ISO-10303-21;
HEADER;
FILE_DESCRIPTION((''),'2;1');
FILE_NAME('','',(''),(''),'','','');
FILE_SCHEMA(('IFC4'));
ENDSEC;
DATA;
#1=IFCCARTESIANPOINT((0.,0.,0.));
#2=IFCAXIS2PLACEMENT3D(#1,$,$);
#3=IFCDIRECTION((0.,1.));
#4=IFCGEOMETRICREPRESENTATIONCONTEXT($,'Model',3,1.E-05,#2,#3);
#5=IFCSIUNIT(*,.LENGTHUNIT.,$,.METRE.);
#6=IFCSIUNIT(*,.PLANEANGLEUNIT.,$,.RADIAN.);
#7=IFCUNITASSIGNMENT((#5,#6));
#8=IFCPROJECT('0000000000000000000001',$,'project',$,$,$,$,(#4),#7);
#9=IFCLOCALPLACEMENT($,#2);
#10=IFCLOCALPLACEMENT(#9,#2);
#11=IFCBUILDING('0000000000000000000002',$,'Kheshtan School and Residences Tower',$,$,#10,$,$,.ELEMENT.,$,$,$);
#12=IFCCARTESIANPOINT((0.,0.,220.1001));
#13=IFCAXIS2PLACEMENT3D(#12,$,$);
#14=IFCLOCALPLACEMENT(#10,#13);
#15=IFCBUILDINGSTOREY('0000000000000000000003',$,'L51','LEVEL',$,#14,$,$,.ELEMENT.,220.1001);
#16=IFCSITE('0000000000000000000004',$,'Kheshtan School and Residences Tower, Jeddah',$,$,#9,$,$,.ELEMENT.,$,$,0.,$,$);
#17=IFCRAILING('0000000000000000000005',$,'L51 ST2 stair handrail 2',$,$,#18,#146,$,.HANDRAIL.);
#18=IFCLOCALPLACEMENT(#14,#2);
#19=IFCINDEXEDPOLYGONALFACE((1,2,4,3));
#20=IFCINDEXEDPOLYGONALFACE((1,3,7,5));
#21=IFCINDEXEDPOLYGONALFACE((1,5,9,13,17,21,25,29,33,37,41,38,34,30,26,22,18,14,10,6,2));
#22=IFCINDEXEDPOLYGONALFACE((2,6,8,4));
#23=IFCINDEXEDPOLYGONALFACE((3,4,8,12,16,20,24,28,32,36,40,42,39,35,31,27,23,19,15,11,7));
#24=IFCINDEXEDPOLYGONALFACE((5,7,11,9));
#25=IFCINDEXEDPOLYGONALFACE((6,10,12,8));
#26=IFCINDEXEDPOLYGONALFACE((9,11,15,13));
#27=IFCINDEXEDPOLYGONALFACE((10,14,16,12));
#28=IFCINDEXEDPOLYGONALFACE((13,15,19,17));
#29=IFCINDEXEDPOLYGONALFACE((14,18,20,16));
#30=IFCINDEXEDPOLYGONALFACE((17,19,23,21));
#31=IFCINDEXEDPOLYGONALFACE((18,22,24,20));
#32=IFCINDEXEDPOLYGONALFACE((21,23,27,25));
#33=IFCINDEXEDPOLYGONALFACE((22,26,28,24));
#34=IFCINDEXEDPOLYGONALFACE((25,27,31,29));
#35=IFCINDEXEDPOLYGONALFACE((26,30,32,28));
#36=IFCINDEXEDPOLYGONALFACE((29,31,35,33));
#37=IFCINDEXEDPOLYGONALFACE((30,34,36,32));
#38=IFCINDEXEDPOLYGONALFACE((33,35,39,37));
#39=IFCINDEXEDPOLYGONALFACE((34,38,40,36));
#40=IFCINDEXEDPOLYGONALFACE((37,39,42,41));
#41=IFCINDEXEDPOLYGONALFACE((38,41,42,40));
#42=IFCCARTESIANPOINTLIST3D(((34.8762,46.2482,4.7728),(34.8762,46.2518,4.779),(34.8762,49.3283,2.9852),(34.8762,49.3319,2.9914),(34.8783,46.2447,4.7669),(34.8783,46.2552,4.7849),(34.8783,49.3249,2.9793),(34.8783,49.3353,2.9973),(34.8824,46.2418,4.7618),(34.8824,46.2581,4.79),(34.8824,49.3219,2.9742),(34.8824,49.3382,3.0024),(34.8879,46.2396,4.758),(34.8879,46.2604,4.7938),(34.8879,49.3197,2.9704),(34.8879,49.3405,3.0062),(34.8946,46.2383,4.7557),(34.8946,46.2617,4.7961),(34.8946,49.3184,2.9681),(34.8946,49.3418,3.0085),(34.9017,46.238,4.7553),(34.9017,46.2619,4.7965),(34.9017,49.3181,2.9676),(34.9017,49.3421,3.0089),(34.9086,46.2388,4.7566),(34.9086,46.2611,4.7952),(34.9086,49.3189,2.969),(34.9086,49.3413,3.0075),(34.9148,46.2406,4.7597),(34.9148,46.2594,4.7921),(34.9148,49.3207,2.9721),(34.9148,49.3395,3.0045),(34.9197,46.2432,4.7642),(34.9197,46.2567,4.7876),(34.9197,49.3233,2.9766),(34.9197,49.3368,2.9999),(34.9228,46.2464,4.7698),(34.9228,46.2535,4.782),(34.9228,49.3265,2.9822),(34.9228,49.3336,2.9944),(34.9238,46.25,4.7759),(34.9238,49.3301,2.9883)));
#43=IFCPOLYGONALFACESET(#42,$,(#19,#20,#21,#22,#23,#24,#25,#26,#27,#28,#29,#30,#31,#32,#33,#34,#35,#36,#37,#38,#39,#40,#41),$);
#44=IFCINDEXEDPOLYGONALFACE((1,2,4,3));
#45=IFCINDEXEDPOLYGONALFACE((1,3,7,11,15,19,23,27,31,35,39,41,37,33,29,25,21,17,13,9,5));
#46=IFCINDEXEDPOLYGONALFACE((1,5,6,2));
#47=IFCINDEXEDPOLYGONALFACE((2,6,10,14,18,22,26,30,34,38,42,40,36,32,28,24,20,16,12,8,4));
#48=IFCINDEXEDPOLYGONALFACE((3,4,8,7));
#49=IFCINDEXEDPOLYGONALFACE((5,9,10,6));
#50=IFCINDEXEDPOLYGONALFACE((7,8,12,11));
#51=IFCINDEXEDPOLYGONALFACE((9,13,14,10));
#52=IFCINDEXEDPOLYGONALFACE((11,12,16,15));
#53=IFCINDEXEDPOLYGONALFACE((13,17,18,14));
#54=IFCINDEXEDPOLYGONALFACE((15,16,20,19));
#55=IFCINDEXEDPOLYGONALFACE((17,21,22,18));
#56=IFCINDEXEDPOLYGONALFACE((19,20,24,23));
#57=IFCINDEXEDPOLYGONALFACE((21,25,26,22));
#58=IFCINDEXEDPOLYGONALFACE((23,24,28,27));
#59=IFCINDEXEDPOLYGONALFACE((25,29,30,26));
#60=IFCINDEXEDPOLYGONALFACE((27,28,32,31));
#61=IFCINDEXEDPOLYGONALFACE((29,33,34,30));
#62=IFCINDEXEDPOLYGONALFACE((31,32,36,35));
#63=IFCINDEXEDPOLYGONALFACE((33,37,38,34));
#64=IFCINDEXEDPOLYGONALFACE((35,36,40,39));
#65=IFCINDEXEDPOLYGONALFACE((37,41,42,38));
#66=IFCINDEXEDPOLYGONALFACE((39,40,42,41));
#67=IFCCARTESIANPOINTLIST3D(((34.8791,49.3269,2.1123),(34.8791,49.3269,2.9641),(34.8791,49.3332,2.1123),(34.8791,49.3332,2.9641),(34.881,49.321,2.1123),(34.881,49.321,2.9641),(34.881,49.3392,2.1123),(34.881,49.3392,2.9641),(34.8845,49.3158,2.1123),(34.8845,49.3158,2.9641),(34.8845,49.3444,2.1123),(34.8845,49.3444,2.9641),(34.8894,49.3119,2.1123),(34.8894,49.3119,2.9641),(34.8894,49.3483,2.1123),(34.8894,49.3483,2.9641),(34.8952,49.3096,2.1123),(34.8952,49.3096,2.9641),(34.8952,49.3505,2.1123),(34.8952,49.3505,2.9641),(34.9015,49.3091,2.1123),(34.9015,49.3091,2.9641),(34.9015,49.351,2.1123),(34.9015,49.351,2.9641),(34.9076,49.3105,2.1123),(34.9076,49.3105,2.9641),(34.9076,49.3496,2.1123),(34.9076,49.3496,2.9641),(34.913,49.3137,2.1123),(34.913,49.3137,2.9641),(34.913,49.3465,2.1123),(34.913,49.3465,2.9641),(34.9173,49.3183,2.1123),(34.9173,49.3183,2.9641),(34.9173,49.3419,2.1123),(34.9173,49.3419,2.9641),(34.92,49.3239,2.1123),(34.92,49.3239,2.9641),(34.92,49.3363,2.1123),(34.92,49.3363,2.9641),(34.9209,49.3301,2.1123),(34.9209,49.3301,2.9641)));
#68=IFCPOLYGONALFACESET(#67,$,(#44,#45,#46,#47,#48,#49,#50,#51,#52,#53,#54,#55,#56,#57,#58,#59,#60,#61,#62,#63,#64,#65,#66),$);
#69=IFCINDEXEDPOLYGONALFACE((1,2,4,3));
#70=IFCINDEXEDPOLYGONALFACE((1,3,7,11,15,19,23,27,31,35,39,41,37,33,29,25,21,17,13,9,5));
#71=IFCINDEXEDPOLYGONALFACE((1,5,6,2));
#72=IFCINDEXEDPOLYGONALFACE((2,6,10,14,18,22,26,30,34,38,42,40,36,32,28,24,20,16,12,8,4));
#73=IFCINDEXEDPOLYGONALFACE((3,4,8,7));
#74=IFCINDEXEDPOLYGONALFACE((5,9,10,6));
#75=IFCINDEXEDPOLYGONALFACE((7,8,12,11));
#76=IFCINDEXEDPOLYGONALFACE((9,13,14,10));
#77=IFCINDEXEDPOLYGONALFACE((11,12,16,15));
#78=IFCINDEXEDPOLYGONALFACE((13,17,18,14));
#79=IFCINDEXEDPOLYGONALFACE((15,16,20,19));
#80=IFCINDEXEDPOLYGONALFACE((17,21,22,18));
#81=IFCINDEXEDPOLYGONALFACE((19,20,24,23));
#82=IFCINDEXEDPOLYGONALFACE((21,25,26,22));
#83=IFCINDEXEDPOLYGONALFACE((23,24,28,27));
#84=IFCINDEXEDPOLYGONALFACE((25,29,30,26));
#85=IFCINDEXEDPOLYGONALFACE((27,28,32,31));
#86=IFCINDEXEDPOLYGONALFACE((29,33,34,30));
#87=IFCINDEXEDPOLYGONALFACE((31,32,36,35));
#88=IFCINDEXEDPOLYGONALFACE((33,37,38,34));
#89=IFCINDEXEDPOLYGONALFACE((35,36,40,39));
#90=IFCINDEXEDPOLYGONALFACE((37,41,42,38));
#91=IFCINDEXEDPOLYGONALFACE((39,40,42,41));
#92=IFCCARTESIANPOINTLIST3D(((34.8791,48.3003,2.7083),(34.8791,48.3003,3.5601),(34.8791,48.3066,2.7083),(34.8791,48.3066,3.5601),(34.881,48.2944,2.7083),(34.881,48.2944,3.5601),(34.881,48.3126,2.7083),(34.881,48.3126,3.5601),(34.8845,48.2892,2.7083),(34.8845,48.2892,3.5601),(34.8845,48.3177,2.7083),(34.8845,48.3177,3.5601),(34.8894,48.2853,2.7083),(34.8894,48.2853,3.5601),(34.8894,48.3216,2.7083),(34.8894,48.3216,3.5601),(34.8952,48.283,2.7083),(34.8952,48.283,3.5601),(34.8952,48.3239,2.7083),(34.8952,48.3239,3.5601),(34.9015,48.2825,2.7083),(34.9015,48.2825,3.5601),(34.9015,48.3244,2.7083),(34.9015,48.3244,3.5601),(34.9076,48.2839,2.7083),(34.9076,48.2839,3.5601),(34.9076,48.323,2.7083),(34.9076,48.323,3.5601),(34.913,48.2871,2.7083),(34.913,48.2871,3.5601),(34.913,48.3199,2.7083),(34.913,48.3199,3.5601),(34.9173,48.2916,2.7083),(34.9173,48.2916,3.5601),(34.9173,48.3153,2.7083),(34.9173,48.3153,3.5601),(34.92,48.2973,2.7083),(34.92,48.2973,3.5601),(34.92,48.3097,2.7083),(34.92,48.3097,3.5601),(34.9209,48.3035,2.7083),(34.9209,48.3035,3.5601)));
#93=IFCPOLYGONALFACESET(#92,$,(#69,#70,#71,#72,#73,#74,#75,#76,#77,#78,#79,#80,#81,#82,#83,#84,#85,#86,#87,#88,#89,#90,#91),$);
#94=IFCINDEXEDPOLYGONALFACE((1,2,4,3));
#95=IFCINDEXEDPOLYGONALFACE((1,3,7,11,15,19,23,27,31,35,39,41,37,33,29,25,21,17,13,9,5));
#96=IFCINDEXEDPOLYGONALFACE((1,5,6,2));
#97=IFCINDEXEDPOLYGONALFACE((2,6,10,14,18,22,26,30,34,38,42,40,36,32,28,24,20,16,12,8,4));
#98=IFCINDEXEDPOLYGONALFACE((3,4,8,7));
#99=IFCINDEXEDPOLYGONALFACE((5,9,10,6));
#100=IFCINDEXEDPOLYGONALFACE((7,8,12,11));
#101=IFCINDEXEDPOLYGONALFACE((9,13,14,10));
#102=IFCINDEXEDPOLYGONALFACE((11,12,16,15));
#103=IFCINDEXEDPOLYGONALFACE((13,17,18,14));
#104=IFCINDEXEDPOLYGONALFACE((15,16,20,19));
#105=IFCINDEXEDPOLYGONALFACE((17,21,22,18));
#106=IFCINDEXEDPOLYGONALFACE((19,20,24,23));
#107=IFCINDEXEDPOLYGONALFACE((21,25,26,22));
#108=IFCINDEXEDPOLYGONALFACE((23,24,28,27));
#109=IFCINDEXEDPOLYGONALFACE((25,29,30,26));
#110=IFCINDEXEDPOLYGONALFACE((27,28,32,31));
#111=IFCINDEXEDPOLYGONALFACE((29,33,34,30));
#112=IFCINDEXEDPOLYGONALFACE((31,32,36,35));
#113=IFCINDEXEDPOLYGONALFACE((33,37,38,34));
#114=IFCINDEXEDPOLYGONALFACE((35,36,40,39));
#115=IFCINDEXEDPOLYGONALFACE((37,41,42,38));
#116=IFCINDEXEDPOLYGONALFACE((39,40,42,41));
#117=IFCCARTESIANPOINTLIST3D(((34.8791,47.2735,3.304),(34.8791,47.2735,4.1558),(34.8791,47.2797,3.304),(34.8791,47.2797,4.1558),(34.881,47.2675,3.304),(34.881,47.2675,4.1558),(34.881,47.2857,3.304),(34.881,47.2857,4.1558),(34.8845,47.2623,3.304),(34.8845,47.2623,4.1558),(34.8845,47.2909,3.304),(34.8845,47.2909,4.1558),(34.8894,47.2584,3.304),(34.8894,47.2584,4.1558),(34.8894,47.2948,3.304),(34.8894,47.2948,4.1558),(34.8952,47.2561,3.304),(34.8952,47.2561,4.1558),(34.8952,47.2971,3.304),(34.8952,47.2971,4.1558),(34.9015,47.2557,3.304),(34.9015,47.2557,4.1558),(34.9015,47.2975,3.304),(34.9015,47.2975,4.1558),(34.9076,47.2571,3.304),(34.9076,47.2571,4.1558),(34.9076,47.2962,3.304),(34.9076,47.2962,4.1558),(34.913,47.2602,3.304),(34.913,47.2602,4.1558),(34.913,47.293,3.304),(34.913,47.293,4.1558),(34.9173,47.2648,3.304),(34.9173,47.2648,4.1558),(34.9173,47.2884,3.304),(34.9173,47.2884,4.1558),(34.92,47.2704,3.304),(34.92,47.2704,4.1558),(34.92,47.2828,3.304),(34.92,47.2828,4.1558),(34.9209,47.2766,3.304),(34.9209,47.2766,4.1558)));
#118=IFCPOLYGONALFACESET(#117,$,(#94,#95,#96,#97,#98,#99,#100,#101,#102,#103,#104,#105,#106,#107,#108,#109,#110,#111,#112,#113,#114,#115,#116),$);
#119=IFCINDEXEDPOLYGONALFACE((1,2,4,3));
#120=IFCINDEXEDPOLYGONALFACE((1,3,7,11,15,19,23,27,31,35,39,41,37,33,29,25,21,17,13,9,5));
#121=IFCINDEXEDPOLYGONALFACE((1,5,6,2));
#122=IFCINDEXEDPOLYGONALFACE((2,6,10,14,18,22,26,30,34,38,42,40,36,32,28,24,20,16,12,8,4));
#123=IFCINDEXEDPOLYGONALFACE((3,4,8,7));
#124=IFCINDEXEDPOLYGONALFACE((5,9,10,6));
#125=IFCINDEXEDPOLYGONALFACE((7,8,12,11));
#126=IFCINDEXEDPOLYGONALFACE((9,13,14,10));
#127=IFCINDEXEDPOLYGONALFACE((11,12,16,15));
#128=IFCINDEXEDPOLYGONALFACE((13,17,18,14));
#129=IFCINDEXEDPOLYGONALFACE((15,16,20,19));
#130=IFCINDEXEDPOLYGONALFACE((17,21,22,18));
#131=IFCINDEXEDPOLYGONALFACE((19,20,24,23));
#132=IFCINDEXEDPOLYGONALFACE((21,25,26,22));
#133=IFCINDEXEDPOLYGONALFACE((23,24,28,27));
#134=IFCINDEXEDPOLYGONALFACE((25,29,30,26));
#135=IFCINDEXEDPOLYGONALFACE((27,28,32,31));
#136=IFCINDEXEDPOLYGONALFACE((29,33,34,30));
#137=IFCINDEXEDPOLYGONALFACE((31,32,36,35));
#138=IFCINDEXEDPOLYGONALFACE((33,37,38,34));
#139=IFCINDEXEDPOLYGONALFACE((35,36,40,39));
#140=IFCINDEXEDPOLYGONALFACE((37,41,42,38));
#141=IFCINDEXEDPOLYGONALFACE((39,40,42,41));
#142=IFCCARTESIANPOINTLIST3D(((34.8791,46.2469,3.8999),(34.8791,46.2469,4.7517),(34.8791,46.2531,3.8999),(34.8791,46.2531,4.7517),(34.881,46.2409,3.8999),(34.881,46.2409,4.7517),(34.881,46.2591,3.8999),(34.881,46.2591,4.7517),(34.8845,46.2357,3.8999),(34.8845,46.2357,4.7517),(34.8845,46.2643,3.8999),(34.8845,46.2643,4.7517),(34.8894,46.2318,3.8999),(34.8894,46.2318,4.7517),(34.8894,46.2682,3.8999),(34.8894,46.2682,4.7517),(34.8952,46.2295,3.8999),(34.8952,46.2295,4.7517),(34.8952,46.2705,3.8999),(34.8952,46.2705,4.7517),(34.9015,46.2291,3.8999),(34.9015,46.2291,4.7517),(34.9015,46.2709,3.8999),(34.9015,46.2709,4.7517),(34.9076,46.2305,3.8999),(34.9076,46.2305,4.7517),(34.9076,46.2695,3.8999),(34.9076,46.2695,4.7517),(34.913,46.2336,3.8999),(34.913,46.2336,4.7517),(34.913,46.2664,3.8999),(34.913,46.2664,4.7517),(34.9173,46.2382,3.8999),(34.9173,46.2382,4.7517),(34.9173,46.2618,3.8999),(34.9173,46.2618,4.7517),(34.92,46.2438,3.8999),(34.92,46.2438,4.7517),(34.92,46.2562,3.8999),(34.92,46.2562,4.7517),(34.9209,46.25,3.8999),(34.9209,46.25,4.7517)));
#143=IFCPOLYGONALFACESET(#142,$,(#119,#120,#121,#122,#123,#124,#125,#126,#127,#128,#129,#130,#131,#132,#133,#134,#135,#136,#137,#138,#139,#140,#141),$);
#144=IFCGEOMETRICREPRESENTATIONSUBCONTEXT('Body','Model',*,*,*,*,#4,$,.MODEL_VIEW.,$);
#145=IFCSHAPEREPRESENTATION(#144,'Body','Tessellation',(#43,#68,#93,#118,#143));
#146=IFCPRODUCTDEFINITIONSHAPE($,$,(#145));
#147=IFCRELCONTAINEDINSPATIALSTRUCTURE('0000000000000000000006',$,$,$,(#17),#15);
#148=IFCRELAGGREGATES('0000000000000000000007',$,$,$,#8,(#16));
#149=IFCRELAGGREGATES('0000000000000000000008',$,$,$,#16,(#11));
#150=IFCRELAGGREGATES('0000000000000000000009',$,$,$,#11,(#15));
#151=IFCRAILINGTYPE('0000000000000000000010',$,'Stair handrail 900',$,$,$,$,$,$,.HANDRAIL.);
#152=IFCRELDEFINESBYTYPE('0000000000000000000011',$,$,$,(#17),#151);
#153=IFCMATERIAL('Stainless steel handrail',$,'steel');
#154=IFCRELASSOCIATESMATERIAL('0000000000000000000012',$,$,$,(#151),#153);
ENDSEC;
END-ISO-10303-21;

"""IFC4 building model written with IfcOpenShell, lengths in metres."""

from ifc_helpers import new_model, si_unit, direction, frame, origin, origin_2d, place, context, subcontext, project, spatial, circle, extrude, material, type_object, element, save


model = new_model("IFC4")

# Units and contexts
model_context = context("Model", 3, precision=1e-05, world=origin(), true_north=direction((0.0, 1.0)))
body_context = subcontext(model_context, "Body", "Model", "MODEL_VIEW")
ifc_project = project(units=[si_unit("LENGTHUNIT", "METRE"), si_unit("PLANEANGLEUNIT", "RADIAN")], contexts=[model_context])

# Site, building, storey
site_placement = place(None, origin())
site = spatial("IfcSite", under=ifc_project, at=site_placement, Name="Kheshtan School and Residences Tower, Jeddah", CompositionType="ELEMENT", RefElevation=0.0)
building_placement = place(site_placement, origin())
building = spatial("IfcBuilding", under=site, at=building_placement, Name="Kheshtan School and Residences Tower", CompositionType="ELEMENT")
storey_placement = place(building_placement, frame((0.0, 0.0, 220.1001)))
storey = spatial("IfcBuildingStorey", under=building, at=storey_placement, Name="L51", Description="LEVEL", CompositionType="ELEMENT", Elevation=220.1001)

# Railing
ifc_material_1 = material(Name="Stainless steel handrail", Category="steel")
railing_type_1 = type_object("IfcRailingType", Name="Stair handrail 900", PredefinedType="HANDRAIL", material=ifc_material_1)
railing_1_placement = place(storey_placement, frame((34.8999, 49.3301, 2.1123)))
element("IfcRailing", 1, at=railing_1_placement, inside=storey, type_object=railing_type_1, Name="L51 ST2 stair handrail 2", PredefinedType="HANDRAIL", context=body_context, shape_type="SweptSolid", body=[
    extrude(circle(Radius=0.0239, at=origin_2d()), frame((0.0, 0.0, 0.876), z_axis=(0.0, -0.864891, 0.50196), x_axis=(1.0, 0.0, 0.0)), (0.0, 0.0, 1.0), 3.5613),
    extrude(circle(Radius=0.021, at=origin_2d()), origin(), (0.0, 0.0, 1.0), 0.8518),
    extrude(circle(Radius=0.021, at=origin_2d()), frame((0.0, -1.0266, 0.5959)), (0.0, 0.0, 1.0), 0.8518),
    extrude(circle(Radius=0.021, at=origin_2d()), frame((0.0, -2.0535, 1.1917)), (0.0, 0.0, 1.0), 0.8518),
    extrude(circle(Radius=0.021, at=origin_2d()), frame((0.0, -3.0801, 1.7876)), (0.0, 0.0, 1.0), 0.8518),
])

save(model, "model.ifc")
